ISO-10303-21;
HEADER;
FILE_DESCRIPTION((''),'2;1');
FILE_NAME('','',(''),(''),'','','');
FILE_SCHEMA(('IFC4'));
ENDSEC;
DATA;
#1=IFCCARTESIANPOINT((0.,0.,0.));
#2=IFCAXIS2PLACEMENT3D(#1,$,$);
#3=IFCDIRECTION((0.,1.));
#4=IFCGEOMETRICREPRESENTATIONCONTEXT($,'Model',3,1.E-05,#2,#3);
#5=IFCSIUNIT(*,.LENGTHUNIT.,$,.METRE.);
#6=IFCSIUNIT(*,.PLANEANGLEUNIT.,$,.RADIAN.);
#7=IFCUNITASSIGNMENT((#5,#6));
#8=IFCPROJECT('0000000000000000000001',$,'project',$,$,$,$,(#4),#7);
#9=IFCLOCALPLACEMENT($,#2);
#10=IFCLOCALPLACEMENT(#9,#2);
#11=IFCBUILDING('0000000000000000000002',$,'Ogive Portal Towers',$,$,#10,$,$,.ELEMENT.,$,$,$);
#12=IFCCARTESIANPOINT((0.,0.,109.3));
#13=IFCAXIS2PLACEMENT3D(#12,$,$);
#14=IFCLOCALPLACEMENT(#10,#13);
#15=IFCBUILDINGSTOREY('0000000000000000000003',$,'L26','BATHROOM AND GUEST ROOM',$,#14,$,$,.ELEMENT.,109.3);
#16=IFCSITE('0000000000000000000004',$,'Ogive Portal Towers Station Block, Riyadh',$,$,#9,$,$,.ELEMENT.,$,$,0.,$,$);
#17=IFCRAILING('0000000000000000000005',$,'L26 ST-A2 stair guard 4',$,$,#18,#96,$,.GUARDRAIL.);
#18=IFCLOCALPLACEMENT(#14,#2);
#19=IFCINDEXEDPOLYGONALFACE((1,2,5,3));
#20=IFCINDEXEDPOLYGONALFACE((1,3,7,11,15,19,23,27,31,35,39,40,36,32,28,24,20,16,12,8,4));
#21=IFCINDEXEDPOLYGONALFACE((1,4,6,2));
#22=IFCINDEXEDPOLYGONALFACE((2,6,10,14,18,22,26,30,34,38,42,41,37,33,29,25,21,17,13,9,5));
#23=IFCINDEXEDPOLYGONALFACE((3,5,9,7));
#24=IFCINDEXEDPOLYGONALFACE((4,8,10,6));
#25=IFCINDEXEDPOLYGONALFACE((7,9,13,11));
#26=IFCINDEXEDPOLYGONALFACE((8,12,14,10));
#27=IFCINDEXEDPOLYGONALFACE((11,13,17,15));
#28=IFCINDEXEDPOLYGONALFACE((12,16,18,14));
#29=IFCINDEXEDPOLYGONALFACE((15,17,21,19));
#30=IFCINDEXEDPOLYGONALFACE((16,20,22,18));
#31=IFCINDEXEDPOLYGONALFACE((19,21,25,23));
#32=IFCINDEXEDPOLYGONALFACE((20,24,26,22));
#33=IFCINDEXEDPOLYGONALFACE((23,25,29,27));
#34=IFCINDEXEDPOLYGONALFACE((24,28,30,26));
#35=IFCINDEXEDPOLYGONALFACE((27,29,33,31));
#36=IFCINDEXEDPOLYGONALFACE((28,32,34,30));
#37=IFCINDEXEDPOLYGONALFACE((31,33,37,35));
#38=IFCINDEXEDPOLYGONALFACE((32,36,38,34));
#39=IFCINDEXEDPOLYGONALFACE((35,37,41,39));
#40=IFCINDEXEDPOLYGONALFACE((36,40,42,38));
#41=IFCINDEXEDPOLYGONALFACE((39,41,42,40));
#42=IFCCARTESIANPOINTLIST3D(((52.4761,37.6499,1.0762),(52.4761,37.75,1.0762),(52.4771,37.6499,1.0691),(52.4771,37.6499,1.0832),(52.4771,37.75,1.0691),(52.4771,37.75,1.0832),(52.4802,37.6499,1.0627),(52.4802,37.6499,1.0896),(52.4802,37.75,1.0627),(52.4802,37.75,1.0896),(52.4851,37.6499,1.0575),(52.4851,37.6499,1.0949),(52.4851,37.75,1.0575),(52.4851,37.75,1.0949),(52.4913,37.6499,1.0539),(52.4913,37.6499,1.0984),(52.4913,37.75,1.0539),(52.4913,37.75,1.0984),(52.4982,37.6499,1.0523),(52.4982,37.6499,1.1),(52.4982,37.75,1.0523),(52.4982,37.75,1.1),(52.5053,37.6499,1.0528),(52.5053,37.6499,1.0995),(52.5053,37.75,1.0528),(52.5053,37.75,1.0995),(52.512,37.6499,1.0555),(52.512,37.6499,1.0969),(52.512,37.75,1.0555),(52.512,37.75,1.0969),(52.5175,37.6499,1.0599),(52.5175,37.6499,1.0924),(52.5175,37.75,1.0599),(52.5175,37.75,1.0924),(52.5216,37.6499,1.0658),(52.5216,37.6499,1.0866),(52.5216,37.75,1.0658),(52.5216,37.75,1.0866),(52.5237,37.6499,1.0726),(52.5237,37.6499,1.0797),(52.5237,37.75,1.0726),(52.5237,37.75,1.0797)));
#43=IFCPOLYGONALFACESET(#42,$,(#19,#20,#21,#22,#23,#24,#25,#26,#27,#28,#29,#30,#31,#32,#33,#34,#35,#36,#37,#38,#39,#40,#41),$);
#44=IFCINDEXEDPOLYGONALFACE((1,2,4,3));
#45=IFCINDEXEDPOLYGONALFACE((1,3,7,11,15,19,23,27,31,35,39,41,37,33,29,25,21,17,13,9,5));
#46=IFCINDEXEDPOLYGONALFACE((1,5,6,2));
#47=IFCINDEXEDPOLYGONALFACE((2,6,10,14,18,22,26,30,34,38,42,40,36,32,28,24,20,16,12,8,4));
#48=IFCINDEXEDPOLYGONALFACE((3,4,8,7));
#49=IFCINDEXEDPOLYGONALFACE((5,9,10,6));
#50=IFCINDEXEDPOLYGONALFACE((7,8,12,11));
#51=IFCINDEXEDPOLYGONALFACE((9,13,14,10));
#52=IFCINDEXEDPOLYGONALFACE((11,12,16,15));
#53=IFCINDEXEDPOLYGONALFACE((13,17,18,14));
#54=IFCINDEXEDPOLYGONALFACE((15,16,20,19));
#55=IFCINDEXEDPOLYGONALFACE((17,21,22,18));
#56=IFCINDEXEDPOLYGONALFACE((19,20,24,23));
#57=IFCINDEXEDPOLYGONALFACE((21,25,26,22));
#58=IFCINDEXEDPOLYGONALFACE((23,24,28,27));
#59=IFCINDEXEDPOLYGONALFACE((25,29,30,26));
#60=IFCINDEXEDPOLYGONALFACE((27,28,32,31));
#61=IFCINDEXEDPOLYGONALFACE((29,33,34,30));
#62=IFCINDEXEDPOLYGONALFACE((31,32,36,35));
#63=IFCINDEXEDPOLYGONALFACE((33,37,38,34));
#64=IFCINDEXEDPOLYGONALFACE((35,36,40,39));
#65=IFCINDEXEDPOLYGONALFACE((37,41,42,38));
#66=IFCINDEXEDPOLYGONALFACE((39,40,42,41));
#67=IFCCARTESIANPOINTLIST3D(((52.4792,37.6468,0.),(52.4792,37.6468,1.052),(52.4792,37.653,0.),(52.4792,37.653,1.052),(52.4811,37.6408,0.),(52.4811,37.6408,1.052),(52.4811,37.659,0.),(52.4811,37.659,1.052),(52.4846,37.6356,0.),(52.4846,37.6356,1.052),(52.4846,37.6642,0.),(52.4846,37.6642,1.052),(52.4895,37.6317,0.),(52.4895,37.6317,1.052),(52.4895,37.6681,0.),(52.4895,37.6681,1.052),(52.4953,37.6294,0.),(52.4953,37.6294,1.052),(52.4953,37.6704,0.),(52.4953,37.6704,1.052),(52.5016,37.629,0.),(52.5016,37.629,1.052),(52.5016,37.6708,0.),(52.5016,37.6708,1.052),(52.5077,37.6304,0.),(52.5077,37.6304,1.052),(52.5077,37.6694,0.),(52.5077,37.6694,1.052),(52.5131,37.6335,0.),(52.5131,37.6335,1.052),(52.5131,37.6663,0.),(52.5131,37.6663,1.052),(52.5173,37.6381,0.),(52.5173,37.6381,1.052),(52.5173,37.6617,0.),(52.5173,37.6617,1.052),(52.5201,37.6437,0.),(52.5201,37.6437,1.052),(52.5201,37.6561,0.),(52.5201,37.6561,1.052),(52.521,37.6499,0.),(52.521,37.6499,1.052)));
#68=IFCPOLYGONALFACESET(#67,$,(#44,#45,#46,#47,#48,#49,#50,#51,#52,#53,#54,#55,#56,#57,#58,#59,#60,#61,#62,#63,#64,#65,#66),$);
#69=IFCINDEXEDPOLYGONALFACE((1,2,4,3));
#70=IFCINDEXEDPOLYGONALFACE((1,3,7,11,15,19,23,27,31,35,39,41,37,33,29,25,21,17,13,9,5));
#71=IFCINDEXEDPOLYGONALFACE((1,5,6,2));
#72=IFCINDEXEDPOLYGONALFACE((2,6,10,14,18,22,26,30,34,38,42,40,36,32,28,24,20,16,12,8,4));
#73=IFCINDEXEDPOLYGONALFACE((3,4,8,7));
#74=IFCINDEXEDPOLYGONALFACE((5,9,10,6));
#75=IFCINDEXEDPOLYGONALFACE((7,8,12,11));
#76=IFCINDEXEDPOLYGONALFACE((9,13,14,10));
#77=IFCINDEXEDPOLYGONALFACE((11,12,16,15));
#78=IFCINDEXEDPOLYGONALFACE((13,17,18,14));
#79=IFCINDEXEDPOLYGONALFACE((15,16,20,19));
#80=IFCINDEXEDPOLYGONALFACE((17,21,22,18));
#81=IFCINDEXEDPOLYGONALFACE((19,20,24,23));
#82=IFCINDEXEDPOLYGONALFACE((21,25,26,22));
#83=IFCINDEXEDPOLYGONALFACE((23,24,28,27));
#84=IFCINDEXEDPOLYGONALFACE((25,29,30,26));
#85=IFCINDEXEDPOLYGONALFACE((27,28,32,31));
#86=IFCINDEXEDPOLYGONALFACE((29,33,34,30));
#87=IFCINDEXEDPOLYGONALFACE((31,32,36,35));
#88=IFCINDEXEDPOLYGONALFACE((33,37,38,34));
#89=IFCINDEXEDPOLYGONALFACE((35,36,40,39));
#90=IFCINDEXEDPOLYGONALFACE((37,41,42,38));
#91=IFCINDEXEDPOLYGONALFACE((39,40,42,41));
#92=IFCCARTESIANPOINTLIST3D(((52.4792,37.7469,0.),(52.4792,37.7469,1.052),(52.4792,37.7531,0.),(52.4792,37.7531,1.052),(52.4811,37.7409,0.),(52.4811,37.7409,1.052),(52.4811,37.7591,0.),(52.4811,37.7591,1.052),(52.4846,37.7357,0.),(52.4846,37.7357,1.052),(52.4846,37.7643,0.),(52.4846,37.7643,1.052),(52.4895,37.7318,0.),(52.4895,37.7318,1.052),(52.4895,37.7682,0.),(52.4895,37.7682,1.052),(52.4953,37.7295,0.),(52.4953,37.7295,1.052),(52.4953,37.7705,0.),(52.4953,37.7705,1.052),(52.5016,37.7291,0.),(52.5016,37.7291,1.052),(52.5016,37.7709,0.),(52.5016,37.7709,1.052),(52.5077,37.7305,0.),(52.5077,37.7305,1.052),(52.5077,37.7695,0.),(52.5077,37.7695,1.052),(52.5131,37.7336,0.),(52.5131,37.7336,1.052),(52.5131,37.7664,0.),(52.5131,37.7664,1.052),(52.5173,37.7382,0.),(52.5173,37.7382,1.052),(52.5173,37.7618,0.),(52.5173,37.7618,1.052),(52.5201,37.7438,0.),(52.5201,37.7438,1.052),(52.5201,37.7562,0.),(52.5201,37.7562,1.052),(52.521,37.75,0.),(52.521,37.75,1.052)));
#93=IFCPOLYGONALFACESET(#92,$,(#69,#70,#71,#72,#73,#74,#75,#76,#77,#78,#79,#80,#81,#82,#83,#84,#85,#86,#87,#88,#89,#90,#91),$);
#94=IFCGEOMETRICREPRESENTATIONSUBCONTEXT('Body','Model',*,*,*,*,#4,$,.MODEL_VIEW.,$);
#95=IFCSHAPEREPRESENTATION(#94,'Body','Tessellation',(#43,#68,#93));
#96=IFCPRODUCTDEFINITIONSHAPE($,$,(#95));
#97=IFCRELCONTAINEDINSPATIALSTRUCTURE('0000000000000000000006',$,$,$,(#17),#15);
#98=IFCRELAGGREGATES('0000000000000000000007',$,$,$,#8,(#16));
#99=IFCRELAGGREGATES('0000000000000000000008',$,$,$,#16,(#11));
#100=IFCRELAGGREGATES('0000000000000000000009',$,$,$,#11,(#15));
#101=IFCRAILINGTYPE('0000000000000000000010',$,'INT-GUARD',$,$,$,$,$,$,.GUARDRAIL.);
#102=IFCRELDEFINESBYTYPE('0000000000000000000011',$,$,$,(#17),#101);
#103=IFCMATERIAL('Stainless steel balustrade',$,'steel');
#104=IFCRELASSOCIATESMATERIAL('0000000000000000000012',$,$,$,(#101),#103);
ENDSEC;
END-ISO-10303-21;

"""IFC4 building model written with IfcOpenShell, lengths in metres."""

from ifc_helpers import new_model, si_unit, direction, frame, origin, origin_2d, place, context, subcontext, project, spatial, circle, extrude, material, type_object, element, save


model = new_model("IFC4")

# Units and contexts
model_context = context("Model", 3, precision=1e-05, world=origin(), true_north=direction((0.0, 1.0)))
body_context = subcontext(model_context, "Body", "Model", "MODEL_VIEW")
ifc_project = project(units=[si_unit("LENGTHUNIT", "METRE"), si_unit("PLANEANGLEUNIT", "RADIAN")], contexts=[model_context])

# Site, building, storey
site_placement = place(None, origin())
site = spatial("IfcSite", under=ifc_project, at=site_placement, Name="Ogive Portal Towers Station Block, Riyadh", CompositionType="ELEMENT", RefElevation=0.0)
building_placement = place(site_placement, origin())
building = spatial("IfcBuilding", under=site, at=building_placement, Name="Ogive Portal Towers", CompositionType="ELEMENT")
storey_placement = place(building_placement, frame((0.0, 0.0, 109.3)))
storey = spatial("IfcBuildingStorey", under=building, at=storey_placement, Name="L26", Description="BATHROOM AND GUEST ROOM", CompositionType="ELEMENT", Elevation=109.3)

# Railing
ifc_material_1 = material(Name="Stainless steel balustrade", Category="steel")
railing_type_1 = type_object("IfcRailingType", Name="INT-GUARD", PredefinedType="GUARDRAIL", material=ifc_material_1)
railing_1_placement = place(storey_placement, frame((52.5, 37.6499, 0.0)))
element("IfcRailing", 1, at=railing_1_placement, inside=storey, type_object=railing_type_1, Name="L26 ST-A2 stair guard 4", PredefinedType="GUARDRAIL", context=body_context, shape_type="SweptSolid", body=[
    extrude(circle(Radius=0.0239, at=origin_2d()), frame((0.0, 0.0, 1.0762), z_axis=(0.0, 1.0, 0.0), x_axis=(-1.0, 0.0, 0.0)), (0.0, 0.0, 1.0), 0.1001),
    extrude(circle(Radius=0.021, at=origin_2d()), origin(), (0.0, 0.0, 1.0), 1.052),
    extrude(circle(Radius=0.021, at=origin_2d()), frame((0.0, 0.1001, 0.0)), (0.0, 0.0, 1.0), 1.052),
])

save(model, "model.ifc")
